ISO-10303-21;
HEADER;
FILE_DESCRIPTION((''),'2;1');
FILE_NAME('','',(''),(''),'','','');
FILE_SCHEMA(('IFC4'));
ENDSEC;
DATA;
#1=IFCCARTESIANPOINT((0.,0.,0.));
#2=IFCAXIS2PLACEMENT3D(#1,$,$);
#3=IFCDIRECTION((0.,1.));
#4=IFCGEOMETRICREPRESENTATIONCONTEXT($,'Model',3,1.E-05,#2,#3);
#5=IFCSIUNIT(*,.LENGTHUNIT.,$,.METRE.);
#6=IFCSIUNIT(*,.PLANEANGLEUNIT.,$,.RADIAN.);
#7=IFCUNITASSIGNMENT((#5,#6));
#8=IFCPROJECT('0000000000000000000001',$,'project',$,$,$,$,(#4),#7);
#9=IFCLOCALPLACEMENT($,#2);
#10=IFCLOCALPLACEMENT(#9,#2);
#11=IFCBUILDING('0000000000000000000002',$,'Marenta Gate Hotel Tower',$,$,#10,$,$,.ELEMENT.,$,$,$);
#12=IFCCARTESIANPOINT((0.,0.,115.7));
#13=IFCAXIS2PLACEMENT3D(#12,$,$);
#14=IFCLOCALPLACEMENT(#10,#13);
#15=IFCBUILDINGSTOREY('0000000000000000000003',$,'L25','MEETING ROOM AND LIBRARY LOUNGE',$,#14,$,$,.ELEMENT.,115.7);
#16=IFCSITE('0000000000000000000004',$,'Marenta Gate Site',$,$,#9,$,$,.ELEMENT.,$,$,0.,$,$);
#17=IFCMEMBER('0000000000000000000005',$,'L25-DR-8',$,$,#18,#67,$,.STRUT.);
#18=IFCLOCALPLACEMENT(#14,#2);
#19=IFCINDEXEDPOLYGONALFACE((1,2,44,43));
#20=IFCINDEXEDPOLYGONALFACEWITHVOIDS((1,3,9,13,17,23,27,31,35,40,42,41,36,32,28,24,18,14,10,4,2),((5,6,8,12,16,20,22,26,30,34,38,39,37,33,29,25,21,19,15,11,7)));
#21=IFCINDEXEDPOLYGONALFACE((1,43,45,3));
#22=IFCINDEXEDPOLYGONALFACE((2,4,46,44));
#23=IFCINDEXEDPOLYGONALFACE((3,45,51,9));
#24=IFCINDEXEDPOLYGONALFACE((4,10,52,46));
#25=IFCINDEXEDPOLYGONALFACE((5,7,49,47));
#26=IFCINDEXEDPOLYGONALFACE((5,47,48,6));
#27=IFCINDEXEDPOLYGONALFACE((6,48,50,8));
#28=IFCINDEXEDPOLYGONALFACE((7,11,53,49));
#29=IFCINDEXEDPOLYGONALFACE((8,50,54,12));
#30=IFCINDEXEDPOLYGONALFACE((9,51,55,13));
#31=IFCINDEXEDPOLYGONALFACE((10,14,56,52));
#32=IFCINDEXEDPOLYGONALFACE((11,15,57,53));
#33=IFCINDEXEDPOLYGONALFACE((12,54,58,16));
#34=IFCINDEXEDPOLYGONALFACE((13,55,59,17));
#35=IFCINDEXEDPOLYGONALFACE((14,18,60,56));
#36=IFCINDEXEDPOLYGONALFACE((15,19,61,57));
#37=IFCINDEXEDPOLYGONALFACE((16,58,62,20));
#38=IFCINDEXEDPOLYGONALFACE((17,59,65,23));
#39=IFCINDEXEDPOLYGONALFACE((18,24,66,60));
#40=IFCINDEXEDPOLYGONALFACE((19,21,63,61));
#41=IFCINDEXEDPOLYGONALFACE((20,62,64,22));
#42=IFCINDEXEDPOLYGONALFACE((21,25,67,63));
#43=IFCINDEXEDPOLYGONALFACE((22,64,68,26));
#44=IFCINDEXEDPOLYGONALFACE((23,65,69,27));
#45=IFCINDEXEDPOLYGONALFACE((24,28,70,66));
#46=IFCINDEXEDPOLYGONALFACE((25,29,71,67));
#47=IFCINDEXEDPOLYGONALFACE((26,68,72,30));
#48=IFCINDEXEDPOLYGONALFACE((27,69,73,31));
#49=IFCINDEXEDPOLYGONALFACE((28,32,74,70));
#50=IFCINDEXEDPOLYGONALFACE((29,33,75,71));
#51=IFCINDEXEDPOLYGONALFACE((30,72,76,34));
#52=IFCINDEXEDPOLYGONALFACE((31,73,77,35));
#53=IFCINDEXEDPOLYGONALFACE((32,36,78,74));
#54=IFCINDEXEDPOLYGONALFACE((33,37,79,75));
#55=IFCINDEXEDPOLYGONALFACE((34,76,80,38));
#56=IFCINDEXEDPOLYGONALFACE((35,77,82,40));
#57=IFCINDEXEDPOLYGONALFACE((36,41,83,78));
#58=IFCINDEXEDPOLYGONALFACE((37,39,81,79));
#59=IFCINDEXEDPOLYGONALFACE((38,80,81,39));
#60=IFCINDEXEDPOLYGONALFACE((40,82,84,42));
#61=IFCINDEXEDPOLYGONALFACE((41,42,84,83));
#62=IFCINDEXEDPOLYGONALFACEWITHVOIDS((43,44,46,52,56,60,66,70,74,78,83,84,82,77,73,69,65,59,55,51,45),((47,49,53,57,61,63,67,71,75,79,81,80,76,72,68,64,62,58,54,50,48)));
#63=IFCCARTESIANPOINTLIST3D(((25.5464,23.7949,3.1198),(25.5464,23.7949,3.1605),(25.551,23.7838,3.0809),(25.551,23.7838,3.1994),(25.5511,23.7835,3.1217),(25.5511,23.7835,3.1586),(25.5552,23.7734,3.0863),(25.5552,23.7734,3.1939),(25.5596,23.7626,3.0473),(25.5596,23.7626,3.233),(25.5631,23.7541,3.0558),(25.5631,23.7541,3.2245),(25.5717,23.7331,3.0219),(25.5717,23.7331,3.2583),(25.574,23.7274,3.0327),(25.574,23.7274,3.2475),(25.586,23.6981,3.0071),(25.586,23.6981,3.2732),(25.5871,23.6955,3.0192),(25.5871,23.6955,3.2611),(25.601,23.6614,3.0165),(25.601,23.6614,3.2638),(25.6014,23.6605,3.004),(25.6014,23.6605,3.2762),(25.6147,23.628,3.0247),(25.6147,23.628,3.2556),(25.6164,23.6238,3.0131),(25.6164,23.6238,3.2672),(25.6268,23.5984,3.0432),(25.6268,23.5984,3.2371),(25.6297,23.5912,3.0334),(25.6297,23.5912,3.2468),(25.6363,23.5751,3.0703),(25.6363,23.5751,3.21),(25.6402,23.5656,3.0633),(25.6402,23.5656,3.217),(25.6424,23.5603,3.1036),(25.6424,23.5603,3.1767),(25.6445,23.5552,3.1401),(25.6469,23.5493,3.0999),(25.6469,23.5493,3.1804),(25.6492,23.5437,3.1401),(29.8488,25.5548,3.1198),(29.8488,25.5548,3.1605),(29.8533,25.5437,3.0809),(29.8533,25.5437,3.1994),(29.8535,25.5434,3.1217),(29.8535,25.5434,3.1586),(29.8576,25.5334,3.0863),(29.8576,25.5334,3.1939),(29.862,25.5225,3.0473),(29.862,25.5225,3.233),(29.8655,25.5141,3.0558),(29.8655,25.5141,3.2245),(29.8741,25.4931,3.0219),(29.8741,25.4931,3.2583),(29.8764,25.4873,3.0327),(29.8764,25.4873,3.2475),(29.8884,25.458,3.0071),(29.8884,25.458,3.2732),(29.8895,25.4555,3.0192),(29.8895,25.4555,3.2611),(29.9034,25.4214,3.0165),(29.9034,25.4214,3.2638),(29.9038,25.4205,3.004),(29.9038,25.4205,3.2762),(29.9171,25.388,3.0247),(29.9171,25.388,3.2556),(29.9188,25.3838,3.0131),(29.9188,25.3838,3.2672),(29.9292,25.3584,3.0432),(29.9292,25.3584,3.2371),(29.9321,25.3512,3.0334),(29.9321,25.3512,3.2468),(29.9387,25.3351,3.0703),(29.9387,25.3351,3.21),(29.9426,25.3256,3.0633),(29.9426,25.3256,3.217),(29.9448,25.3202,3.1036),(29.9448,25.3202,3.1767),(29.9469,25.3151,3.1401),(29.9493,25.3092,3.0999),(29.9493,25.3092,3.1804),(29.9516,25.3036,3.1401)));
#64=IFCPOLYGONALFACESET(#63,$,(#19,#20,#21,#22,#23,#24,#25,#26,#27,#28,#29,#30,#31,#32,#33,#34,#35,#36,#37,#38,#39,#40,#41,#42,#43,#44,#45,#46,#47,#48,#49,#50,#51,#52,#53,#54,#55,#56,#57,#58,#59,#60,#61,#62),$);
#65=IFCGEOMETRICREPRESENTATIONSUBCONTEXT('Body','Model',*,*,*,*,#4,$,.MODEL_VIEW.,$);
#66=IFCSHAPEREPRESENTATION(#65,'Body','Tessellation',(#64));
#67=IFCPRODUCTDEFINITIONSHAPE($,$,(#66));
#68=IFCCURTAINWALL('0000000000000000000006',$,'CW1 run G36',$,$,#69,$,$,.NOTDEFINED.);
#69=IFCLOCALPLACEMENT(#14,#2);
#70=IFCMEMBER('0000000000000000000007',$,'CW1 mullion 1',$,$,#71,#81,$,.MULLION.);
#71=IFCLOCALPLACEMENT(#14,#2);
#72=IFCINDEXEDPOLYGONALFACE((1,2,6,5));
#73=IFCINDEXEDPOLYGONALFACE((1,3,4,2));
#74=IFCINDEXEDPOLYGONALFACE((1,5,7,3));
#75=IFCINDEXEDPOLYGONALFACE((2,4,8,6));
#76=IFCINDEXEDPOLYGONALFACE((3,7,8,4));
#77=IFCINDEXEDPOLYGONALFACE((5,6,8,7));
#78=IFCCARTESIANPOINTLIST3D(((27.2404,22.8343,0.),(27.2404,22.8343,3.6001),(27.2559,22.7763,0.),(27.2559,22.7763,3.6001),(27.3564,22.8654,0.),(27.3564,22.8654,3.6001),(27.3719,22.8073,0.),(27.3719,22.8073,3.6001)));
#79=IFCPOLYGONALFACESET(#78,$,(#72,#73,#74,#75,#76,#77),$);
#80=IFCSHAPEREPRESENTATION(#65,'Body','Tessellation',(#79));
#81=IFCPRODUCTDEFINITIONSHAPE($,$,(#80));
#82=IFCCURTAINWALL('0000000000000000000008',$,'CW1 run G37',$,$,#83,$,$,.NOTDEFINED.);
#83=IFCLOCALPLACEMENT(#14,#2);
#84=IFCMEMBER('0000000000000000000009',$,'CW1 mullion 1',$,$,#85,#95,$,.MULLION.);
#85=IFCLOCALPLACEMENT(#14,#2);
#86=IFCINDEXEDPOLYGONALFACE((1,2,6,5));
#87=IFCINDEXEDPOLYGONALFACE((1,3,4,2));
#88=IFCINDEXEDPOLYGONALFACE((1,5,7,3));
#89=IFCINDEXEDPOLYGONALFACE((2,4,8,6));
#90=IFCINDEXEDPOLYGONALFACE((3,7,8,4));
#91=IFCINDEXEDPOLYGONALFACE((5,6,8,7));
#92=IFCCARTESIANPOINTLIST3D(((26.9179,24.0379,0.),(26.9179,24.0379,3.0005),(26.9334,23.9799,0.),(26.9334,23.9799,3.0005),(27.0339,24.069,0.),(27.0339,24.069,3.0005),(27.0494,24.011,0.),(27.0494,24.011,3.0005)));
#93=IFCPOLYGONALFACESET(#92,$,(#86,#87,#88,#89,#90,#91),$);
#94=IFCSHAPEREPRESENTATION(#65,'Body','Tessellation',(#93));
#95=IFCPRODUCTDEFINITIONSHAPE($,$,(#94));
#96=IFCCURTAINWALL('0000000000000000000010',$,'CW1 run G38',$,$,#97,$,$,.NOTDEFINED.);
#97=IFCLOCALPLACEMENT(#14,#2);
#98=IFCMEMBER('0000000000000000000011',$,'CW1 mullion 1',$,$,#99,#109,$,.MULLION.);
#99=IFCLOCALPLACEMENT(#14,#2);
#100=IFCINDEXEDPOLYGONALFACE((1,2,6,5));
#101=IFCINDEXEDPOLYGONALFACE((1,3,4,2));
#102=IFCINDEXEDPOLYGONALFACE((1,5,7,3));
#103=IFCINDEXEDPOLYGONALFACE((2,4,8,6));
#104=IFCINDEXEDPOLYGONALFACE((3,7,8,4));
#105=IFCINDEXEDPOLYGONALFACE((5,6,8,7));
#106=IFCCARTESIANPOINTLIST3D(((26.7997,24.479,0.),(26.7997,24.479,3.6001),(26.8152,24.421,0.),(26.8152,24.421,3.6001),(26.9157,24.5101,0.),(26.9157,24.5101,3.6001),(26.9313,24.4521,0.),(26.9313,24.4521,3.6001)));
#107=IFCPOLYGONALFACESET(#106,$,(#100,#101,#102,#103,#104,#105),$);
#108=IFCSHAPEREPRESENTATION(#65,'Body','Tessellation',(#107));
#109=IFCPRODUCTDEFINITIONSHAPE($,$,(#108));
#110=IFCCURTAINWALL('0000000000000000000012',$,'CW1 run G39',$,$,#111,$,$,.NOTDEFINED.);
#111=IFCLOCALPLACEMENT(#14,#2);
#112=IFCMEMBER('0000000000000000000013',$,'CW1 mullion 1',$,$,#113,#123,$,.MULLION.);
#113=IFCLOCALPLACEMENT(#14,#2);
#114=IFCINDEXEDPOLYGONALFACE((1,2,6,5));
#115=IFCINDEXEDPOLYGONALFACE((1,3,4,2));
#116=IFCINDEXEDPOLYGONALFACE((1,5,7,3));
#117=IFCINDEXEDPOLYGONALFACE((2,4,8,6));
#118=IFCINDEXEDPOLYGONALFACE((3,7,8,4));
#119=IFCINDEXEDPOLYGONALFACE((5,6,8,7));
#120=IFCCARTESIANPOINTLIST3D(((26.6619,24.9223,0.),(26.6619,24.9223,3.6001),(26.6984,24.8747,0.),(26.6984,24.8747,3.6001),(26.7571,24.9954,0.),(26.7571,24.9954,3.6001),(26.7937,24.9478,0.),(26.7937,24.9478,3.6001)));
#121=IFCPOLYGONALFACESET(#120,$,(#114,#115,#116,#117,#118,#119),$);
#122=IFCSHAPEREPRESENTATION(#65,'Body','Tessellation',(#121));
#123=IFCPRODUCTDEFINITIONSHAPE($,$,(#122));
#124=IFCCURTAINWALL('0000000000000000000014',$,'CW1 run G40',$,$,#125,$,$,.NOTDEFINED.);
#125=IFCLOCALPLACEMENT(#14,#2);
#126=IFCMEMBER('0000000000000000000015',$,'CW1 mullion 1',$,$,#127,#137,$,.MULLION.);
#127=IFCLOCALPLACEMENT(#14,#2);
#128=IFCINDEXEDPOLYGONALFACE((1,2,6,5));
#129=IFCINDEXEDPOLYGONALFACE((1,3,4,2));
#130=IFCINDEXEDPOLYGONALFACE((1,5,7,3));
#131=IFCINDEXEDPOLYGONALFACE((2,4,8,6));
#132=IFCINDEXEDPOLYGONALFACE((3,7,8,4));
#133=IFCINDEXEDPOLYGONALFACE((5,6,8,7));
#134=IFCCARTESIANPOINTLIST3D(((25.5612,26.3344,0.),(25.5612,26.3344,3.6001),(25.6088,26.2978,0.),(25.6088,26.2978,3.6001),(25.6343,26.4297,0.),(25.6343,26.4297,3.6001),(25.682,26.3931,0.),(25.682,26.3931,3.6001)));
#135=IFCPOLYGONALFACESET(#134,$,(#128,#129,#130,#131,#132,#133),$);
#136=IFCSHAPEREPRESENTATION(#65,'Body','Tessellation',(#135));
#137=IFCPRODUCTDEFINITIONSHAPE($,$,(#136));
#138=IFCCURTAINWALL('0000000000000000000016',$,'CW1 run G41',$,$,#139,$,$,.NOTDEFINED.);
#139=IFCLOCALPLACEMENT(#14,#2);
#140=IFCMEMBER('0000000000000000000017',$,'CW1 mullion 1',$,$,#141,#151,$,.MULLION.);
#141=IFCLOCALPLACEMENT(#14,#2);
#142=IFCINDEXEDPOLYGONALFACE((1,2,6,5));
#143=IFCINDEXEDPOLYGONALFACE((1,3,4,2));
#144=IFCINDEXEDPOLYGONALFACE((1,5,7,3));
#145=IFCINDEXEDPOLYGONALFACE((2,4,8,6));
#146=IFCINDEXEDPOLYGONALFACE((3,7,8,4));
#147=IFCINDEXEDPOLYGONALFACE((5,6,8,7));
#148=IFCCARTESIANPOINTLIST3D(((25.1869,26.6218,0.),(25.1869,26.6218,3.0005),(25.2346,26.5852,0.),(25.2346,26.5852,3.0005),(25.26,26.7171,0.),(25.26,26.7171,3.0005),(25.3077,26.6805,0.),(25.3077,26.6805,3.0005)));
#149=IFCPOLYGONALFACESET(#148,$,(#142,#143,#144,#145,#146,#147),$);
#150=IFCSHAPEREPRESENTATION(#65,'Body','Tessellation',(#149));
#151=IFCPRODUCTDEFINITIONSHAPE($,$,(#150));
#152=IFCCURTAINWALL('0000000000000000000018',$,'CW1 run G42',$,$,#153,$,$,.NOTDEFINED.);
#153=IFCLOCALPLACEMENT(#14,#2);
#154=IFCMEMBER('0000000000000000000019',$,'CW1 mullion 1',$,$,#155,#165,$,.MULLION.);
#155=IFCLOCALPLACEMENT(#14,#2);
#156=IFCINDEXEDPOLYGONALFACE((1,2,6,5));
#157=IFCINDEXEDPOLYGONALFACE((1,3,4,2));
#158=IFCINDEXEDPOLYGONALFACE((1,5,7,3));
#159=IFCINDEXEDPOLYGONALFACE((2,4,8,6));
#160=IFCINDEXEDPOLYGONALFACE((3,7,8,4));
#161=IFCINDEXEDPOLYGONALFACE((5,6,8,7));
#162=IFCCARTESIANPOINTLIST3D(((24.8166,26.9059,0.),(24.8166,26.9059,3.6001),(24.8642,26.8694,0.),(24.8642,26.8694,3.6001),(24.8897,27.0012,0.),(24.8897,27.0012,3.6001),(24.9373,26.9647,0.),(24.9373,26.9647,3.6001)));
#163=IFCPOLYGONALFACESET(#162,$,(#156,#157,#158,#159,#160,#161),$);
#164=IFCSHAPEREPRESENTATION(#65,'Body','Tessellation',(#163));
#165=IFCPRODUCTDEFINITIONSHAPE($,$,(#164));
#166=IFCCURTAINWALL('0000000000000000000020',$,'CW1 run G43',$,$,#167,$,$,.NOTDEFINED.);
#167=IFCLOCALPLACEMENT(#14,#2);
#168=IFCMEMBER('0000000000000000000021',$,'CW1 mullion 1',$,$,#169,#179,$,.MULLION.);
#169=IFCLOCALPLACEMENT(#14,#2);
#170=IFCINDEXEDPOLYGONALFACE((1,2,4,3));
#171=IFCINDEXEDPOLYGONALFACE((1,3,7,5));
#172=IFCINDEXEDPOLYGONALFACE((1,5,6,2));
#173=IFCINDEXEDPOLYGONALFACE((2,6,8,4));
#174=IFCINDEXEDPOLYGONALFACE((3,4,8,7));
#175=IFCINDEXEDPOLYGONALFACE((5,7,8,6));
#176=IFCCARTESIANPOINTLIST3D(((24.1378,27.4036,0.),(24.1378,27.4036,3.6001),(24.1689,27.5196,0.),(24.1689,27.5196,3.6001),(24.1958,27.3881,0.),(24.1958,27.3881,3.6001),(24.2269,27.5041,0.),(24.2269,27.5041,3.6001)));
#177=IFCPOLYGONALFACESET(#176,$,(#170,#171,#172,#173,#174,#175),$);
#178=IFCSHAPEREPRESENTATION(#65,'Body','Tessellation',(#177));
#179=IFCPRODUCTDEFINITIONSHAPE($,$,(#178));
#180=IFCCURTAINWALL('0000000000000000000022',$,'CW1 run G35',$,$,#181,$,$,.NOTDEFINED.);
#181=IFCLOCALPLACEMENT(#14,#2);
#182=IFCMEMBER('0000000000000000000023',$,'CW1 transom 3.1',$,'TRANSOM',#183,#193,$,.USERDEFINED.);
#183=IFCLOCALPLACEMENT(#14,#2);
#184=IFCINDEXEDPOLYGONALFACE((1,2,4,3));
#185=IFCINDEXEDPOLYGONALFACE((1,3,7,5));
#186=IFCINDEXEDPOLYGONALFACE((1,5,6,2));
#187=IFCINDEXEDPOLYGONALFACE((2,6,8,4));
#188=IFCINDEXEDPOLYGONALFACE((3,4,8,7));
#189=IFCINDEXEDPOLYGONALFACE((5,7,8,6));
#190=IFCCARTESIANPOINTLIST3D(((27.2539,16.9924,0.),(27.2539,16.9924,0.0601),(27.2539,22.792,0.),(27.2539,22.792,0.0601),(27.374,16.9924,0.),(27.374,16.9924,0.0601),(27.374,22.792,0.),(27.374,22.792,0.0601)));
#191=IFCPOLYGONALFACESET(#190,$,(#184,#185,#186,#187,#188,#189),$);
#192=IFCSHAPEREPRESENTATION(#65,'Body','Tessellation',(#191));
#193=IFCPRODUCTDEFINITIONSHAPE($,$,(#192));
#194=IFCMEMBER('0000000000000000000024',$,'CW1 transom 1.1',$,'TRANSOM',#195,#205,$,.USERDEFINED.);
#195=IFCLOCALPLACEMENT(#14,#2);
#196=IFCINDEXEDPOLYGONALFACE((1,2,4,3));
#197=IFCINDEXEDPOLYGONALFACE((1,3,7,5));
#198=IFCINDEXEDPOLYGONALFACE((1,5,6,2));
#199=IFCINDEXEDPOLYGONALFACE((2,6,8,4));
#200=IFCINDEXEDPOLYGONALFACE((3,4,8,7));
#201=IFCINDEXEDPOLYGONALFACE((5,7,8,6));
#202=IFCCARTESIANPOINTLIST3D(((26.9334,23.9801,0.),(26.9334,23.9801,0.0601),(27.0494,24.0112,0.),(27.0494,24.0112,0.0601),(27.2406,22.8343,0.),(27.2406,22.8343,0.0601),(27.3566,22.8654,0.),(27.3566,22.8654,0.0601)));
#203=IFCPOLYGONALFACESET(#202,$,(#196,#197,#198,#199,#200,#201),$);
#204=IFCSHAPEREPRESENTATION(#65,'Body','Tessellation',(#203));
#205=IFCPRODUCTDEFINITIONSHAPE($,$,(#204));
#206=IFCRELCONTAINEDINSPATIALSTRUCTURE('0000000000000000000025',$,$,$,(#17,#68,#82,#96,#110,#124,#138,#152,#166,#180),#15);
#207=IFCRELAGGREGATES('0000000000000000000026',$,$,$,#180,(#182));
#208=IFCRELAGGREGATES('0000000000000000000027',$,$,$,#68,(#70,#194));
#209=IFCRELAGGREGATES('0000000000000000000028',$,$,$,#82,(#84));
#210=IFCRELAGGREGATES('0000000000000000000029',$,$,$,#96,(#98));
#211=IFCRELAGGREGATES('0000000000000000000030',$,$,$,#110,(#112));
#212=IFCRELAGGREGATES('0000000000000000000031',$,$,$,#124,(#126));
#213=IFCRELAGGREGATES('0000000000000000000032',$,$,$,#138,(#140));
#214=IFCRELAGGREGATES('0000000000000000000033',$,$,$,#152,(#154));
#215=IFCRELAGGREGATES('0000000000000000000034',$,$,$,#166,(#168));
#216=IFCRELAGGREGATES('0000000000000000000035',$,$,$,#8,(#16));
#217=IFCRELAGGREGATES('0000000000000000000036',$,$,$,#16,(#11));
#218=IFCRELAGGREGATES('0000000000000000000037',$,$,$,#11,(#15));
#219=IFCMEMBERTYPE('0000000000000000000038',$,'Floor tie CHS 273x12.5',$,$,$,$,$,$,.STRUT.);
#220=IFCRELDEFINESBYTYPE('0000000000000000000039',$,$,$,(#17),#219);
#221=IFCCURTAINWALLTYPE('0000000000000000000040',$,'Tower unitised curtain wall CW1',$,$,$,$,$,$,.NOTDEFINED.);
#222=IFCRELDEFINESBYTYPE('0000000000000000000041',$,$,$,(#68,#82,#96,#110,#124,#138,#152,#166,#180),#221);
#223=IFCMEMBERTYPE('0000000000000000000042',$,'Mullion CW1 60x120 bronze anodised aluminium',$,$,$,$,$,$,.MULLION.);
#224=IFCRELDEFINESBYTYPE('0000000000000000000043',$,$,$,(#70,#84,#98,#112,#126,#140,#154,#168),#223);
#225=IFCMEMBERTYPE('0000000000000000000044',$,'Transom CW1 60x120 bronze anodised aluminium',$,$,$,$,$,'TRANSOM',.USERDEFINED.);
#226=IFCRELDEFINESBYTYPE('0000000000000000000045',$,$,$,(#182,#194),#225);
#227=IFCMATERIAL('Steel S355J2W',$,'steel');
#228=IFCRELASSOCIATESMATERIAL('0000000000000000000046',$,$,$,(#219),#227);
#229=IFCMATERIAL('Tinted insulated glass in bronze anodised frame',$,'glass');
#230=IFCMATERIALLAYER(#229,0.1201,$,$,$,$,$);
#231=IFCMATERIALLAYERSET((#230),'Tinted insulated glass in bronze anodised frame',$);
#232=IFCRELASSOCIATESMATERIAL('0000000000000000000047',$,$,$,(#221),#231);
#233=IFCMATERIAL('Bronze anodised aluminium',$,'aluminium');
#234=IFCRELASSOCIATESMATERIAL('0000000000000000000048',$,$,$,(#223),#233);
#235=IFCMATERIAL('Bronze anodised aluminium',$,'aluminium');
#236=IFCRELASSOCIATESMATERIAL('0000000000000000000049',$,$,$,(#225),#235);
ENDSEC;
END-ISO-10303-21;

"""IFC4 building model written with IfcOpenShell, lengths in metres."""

from ifc_helpers import new_model, si_unit, direction, frame, origin, origin_2d, place, context, subcontext, project, spatial, rectangle, hollow_circle, extrude, material, layer, layer_set, material_profile, profile_set, type_object, element, aggregate, save


model = new_model("IFC4")

# Units and contexts
model_context = context("Model", 3, precision=1e-05, world=origin(), true_north=direction((0.0, 1.0)))
body_context = subcontext(model_context, "Body", "Model", "MODEL_VIEW")
ifc_project = project(units=[si_unit("LENGTHUNIT", "METRE"), si_unit("PLANEANGLEUNIT", "RADIAN")], contexts=[model_context])

# Site, building, storey
site_placement = place(None, origin())
site = spatial("IfcSite", under=ifc_project, at=site_placement, Name="Marenta Gate Site", CompositionType="ELEMENT", RefElevation=0.0)
building_placement = place(site_placement, origin())
building = spatial("IfcBuilding", under=site, at=building_placement, Name="Marenta Gate Hotel Tower", CompositionType="ELEMENT")
storey_placement = place(building_placement, frame((0.0, 0.0, 115.7)))
storey = spatial("IfcBuildingStorey", under=building, at=storey_placement, Name="L25", Description="MEETING ROOM AND LIBRARY LOUNGE", CompositionType="ELEMENT", Elevation=115.7)

# Member
ifc_material_1 = material(Name="Steel S355J2W", Category="steel")
ifc_material_profile_1 = material_profile(ifc_material_1, hollow_circle(Radius=0.1365, WallThickness=0.0125, at=origin_2d()), Name="CHS 273x12.5")
ifc_profile_set_1 = profile_set([ifc_material_profile_1], Name="Steel S355J2W")
member_type_1 = type_object("IfcMemberType", Name="Floor tie CHS 273x12.5", PredefinedType="STRUT", material=ifc_profile_set_1)
member_1_placement = place(storey_placement, frame((29.8999, 25.4299, 3.1401), z_axis=(-0.925554, -0.378614, 0.0), x_axis=(0.378614, -0.925554, 0.0)))
element("IfcMember", 1, at=member_1_placement, inside=storey, type_object=member_type_1, Name="L25-DR-8", PredefinedType="STRUT", context=body_context, shape_type="SweptSolid", body=[
    extrude(hollow_circle(Radius=0.1365, WallThickness=0.0125, at=origin_2d()), origin(), (0.0, 0.0, 1.0), 4.6484),
])

# Curtain walls, members
ifc_material_2 = material(Name="Tinted insulated glass in bronze anodised frame", Category="glass")
ifc_layer_1 = layer(ifc_material_2, 0.1201)
ifc_layer_set_1 = layer_set([ifc_layer_1], Name="Tinted insulated glass in bronze anodised frame")
curtain_wall_type = type_object("IfcCurtainWallType", Name="Tower unitised curtain wall CW1", PredefinedType="NOTDEFINED", material=ifc_layer_set_1)
curtain_wall_1_placement = place(storey_placement, origin())
curtain_wall_1 = element("IfcCurtainWall", 2, at=curtain_wall_1_placement, inside=storey, type_object=curtain_wall_type, Name="CW1 run G36", PredefinedType="NOTDEFINED")
ifc_material_3 = material(Name="Bronze anodised aluminium", Category="aluminium")
ifc_material_profile_2 = material_profile(ifc_material_3, rectangle(XDim=0.1201, YDim=0.0601, at=origin_2d()), Name="Mullion CW1 60x120 bronze anodised aluminium")
ifc_profile_set_2 = profile_set([ifc_material_profile_2], Name="Bronze anodised aluminium")
member_type_2 = type_object("IfcMemberType", Name="Mullion CW1 60x120 bronze anodised aluminium", PredefinedType="MULLION", material=ifc_profile_set_2)
member_2_placement = place(storey_placement, frame((27.3062, 22.8208, 0.0), z_axis=(0.0, 0.0, 1.0), x_axis=(-0.965927, -0.258816, 0.0)))
member_2 = element("IfcMember", 3, at=member_2_placement, type_object=member_type_2, Name="CW1 mullion 1", PredefinedType="MULLION", context=body_context, shape_type="SweptSolid", body=[
    extrude(rectangle(XDim=0.1201, YDim=0.0601, at=origin_2d()), origin(), (0.0, 0.0, 1.0), 3.6001),
])
curtain_wall_2_placement = place(storey_placement, origin())
curtain_wall_2 = element("IfcCurtainWall", 4, at=curtain_wall_2_placement, inside=storey, type_object=curtain_wall_type, Name="CW1 run G37", PredefinedType="NOTDEFINED")
member_3_placement = place(storey_placement, frame((26.9836, 24.0244, 0.0), z_axis=(0.0, 0.0, 1.0), x_axis=(-0.965922, -0.258835, 0.0)))
member_3 = element("IfcMember", 5, at=member_3_placement, type_object=member_type_2, Name="CW1 mullion 1", PredefinedType="MULLION", context=body_context, shape_type="SweptSolid", body=[
    extrude(rectangle(XDim=0.1201, YDim=0.0601, at=origin_2d()), origin(), (0.0, 0.0, 1.0), 3.0005),
])
curtain_wall_3_placement = place(storey_placement, origin())
curtain_wall_3 = element("IfcCurtainWall", 6, at=curtain_wall_3_placement, inside=storey, type_object=curtain_wall_type, Name="CW1 run G38", PredefinedType="NOTDEFINED")
member_4_placement = place(storey_placement, frame((26.8655, 24.4656, 0.0), z_axis=(0.0, 0.0, 1.0), x_axis=(-0.965924, -0.258828, 0.0)))
member_4 = element("IfcMember", 7, at=member_4_placement, type_object=member_type_2, Name="CW1 mullion 1", PredefinedType="MULLION", context=body_context, shape_type="SweptSolid", body=[
    extrude(rectangle(XDim=0.1201, YDim=0.0601, at=origin_2d()), origin(), (0.0, 0.0, 1.0), 3.6001),
])
curtain_wall_4_placement = place(storey_placement, origin())
curtain_wall_4 = element("IfcCurtainWall", 8, at=curtain_wall_4_placement, inside=storey, type_object=curtain_wall_type, Name="CW1 run G39", PredefinedType="NOTDEFINED")
member_5_placement = place(storey_placement, frame((26.7278, 24.9351, 0.0), z_axis=(0.0, 0.0, 1.0), x_axis=(-0.793327, -0.608796, 0.0)))
member_5 = element("IfcMember", 9, at=member_5_placement, type_object=member_type_2, Name="CW1 mullion 1", PredefinedType="MULLION", context=body_context, shape_type="SweptSolid", body=[
    extrude(rectangle(XDim=0.1201, YDim=0.0601, at=origin_2d()), origin(), (0.0, 0.0, 1.0), 3.6001),
])
curtain_wall_5_placement = place(storey_placement, origin())
curtain_wall_5 = element("IfcCurtainWall", 10, at=curtain_wall_5_placement, inside=storey, type_object=curtain_wall_type, Name="CW1 run G40", PredefinedType="NOTDEFINED")
member_6_placement = place(storey_placement, frame((25.6216, 26.3638, 0.0), z_axis=(0.0, 0.0, 1.0), x_axis=(-0.608778, -0.79334, 0.0)))
member_6 = element("IfcMember", 11, at=member_6_placement, type_object=member_type_2, Name="CW1 mullion 1", PredefinedType="MULLION", context=body_context, shape_type="SweptSolid", body=[
    extrude(rectangle(XDim=0.1201, YDim=0.0601, at=origin_2d()), origin(), (0.0, 0.0, 1.0), 3.6001),
])
curtain_wall_6_placement = place(storey_placement, origin())
curtain_wall_6 = element("IfcCurtainWall", 12, at=curtain_wall_6_placement, inside=storey, type_object=curtain_wall_type, Name="CW1 run G41", PredefinedType="NOTDEFINED")
member_7_placement = place(storey_placement, frame((25.2473, 26.6511, 0.0), z_axis=(0.0, 0.0, 1.0), x_axis=(-0.608737, -0.793372, 0.0)))
member_7 = element("IfcMember", 13, at=member_7_placement, type_object=member_type_2, Name="CW1 mullion 1", PredefinedType="MULLION", context=body_context, shape_type="SweptSolid", body=[
    extrude(rectangle(XDim=0.1201, YDim=0.0601, at=origin_2d()), origin(), (0.0, 0.0, 1.0), 3.0005),
])
curtain_wall_7_placement = place(storey_placement, origin())
curtain_wall_7 = element("IfcCurtainWall", 14, at=curtain_wall_7_placement, inside=storey, type_object=curtain_wall_type, Name="CW1 run G42", PredefinedType="NOTDEFINED")
member_8_placement = place(storey_placement, frame((24.877, 26.9353, 0.0), z_axis=(0.0, 0.0, 1.0), x_axis=(-0.608837, -0.793295, 0.0)))
member_8 = element("IfcMember", 15, at=member_8_placement, type_object=member_type_2, Name="CW1 mullion 1", PredefinedType="MULLION", context=body_context, shape_type="SweptSolid", body=[
    extrude(rectangle(XDim=0.1201, YDim=0.0601, at=origin_2d()), origin(), (0.0, 0.0, 1.0), 3.6001),
])
curtain_wall_8_placement = place(storey_placement, origin())
curtain_wall_8 = element("IfcCurtainWall", 16, at=curtain_wall_8_placement, inside=storey, type_object=curtain_wall_type, Name="CW1 run G43", PredefinedType="NOTDEFINED")
member_9_placement = place(storey_placement, frame((24.1824, 27.4539, 0.0), z_axis=(0.0, 0.0, 1.0), x_axis=(-0.258806, -0.965929, 0.0)))
member_9 = element("IfcMember", 17, at=member_9_placement, type_object=member_type_2, Name="CW1 mullion 1", PredefinedType="MULLION", context=body_context, shape_type="SweptSolid", body=[
    extrude(rectangle(XDim=0.1201, YDim=0.0601, at=origin_2d()), origin(), (0.0, 0.0, 1.0), 3.6001),
])
curtain_wall_9_placement = place(storey_placement, origin())
curtain_wall_9 = element("IfcCurtainWall", 18, at=curtain_wall_9_placement, inside=storey, type_object=curtain_wall_type, Name="CW1 run G35", PredefinedType="NOTDEFINED")
ifc_material_4 = material(Name="Bronze anodised aluminium", Category="aluminium")
ifc_material_profile_3 = material_profile(ifc_material_4, rectangle(XDim=0.1201, YDim=0.0601, at=origin_2d()), Name="Transom CW1 60x120 bronze anodised aluminium")
ifc_profile_set_3 = profile_set([ifc_material_profile_3], Name="Bronze anodised aluminium")
member_type_3 = type_object("IfcMemberType", Name="Transom CW1 60x120 bronze anodised aluminium", ElementType="TRANSOM", PredefinedType="USERDEFINED", material=ifc_profile_set_3)
member_10_placement = place(storey_placement, frame((27.314, 16.9924, 0.03), z_axis=(0.0, 1.0, 0.0), x_axis=(-1.0, 0.0, 0.0)))
member_10 = element("IfcMember", 19, at=member_10_placement, type_object=member_type_3, Name="CW1 transom 3.1", ObjectType="TRANSOM", PredefinedType="USERDEFINED", context=body_context, shape_type="SweptSolid", body=[
    extrude(rectangle(XDim=0.1201, YDim=0.0601, at=origin_2d()), origin(), (0.0, 0.0, 1.0), 5.7996),
])

# Member
member_11_placement = place(storey_placement, frame((27.2986, 22.8499, 0.03), z_axis=(-0.258918, 0.965899, 0.0), x_axis=(-0.965899, -0.258918, 0.0)))
member_11 = element("IfcMember", 20, at=member_11_placement, type_object=member_type_3, Name="CW1 transom 1.1", ObjectType="TRANSOM", PredefinedType="USERDEFINED", context=body_context, shape_type="SweptSolid", body=[
    extrude(rectangle(XDim=0.1201, YDim=0.0601, at=origin_2d()), origin(), (0.0, 0.0, 1.0), 1.1863),
])

aggregate(curtain_wall_9, [member_10])
aggregate(curtain_wall_1, [member_2, member_11])
aggregate(curtain_wall_2, [member_3])
aggregate(curtain_wall_3, [member_4])
aggregate(curtain_wall_4, [member_5])
aggregate(curtain_wall_5, [member_6])
aggregate(curtain_wall_6, [member_7])
aggregate(curtain_wall_7, [member_8])
aggregate(curtain_wall_8, [member_9])

save(model, "model.ifc")
